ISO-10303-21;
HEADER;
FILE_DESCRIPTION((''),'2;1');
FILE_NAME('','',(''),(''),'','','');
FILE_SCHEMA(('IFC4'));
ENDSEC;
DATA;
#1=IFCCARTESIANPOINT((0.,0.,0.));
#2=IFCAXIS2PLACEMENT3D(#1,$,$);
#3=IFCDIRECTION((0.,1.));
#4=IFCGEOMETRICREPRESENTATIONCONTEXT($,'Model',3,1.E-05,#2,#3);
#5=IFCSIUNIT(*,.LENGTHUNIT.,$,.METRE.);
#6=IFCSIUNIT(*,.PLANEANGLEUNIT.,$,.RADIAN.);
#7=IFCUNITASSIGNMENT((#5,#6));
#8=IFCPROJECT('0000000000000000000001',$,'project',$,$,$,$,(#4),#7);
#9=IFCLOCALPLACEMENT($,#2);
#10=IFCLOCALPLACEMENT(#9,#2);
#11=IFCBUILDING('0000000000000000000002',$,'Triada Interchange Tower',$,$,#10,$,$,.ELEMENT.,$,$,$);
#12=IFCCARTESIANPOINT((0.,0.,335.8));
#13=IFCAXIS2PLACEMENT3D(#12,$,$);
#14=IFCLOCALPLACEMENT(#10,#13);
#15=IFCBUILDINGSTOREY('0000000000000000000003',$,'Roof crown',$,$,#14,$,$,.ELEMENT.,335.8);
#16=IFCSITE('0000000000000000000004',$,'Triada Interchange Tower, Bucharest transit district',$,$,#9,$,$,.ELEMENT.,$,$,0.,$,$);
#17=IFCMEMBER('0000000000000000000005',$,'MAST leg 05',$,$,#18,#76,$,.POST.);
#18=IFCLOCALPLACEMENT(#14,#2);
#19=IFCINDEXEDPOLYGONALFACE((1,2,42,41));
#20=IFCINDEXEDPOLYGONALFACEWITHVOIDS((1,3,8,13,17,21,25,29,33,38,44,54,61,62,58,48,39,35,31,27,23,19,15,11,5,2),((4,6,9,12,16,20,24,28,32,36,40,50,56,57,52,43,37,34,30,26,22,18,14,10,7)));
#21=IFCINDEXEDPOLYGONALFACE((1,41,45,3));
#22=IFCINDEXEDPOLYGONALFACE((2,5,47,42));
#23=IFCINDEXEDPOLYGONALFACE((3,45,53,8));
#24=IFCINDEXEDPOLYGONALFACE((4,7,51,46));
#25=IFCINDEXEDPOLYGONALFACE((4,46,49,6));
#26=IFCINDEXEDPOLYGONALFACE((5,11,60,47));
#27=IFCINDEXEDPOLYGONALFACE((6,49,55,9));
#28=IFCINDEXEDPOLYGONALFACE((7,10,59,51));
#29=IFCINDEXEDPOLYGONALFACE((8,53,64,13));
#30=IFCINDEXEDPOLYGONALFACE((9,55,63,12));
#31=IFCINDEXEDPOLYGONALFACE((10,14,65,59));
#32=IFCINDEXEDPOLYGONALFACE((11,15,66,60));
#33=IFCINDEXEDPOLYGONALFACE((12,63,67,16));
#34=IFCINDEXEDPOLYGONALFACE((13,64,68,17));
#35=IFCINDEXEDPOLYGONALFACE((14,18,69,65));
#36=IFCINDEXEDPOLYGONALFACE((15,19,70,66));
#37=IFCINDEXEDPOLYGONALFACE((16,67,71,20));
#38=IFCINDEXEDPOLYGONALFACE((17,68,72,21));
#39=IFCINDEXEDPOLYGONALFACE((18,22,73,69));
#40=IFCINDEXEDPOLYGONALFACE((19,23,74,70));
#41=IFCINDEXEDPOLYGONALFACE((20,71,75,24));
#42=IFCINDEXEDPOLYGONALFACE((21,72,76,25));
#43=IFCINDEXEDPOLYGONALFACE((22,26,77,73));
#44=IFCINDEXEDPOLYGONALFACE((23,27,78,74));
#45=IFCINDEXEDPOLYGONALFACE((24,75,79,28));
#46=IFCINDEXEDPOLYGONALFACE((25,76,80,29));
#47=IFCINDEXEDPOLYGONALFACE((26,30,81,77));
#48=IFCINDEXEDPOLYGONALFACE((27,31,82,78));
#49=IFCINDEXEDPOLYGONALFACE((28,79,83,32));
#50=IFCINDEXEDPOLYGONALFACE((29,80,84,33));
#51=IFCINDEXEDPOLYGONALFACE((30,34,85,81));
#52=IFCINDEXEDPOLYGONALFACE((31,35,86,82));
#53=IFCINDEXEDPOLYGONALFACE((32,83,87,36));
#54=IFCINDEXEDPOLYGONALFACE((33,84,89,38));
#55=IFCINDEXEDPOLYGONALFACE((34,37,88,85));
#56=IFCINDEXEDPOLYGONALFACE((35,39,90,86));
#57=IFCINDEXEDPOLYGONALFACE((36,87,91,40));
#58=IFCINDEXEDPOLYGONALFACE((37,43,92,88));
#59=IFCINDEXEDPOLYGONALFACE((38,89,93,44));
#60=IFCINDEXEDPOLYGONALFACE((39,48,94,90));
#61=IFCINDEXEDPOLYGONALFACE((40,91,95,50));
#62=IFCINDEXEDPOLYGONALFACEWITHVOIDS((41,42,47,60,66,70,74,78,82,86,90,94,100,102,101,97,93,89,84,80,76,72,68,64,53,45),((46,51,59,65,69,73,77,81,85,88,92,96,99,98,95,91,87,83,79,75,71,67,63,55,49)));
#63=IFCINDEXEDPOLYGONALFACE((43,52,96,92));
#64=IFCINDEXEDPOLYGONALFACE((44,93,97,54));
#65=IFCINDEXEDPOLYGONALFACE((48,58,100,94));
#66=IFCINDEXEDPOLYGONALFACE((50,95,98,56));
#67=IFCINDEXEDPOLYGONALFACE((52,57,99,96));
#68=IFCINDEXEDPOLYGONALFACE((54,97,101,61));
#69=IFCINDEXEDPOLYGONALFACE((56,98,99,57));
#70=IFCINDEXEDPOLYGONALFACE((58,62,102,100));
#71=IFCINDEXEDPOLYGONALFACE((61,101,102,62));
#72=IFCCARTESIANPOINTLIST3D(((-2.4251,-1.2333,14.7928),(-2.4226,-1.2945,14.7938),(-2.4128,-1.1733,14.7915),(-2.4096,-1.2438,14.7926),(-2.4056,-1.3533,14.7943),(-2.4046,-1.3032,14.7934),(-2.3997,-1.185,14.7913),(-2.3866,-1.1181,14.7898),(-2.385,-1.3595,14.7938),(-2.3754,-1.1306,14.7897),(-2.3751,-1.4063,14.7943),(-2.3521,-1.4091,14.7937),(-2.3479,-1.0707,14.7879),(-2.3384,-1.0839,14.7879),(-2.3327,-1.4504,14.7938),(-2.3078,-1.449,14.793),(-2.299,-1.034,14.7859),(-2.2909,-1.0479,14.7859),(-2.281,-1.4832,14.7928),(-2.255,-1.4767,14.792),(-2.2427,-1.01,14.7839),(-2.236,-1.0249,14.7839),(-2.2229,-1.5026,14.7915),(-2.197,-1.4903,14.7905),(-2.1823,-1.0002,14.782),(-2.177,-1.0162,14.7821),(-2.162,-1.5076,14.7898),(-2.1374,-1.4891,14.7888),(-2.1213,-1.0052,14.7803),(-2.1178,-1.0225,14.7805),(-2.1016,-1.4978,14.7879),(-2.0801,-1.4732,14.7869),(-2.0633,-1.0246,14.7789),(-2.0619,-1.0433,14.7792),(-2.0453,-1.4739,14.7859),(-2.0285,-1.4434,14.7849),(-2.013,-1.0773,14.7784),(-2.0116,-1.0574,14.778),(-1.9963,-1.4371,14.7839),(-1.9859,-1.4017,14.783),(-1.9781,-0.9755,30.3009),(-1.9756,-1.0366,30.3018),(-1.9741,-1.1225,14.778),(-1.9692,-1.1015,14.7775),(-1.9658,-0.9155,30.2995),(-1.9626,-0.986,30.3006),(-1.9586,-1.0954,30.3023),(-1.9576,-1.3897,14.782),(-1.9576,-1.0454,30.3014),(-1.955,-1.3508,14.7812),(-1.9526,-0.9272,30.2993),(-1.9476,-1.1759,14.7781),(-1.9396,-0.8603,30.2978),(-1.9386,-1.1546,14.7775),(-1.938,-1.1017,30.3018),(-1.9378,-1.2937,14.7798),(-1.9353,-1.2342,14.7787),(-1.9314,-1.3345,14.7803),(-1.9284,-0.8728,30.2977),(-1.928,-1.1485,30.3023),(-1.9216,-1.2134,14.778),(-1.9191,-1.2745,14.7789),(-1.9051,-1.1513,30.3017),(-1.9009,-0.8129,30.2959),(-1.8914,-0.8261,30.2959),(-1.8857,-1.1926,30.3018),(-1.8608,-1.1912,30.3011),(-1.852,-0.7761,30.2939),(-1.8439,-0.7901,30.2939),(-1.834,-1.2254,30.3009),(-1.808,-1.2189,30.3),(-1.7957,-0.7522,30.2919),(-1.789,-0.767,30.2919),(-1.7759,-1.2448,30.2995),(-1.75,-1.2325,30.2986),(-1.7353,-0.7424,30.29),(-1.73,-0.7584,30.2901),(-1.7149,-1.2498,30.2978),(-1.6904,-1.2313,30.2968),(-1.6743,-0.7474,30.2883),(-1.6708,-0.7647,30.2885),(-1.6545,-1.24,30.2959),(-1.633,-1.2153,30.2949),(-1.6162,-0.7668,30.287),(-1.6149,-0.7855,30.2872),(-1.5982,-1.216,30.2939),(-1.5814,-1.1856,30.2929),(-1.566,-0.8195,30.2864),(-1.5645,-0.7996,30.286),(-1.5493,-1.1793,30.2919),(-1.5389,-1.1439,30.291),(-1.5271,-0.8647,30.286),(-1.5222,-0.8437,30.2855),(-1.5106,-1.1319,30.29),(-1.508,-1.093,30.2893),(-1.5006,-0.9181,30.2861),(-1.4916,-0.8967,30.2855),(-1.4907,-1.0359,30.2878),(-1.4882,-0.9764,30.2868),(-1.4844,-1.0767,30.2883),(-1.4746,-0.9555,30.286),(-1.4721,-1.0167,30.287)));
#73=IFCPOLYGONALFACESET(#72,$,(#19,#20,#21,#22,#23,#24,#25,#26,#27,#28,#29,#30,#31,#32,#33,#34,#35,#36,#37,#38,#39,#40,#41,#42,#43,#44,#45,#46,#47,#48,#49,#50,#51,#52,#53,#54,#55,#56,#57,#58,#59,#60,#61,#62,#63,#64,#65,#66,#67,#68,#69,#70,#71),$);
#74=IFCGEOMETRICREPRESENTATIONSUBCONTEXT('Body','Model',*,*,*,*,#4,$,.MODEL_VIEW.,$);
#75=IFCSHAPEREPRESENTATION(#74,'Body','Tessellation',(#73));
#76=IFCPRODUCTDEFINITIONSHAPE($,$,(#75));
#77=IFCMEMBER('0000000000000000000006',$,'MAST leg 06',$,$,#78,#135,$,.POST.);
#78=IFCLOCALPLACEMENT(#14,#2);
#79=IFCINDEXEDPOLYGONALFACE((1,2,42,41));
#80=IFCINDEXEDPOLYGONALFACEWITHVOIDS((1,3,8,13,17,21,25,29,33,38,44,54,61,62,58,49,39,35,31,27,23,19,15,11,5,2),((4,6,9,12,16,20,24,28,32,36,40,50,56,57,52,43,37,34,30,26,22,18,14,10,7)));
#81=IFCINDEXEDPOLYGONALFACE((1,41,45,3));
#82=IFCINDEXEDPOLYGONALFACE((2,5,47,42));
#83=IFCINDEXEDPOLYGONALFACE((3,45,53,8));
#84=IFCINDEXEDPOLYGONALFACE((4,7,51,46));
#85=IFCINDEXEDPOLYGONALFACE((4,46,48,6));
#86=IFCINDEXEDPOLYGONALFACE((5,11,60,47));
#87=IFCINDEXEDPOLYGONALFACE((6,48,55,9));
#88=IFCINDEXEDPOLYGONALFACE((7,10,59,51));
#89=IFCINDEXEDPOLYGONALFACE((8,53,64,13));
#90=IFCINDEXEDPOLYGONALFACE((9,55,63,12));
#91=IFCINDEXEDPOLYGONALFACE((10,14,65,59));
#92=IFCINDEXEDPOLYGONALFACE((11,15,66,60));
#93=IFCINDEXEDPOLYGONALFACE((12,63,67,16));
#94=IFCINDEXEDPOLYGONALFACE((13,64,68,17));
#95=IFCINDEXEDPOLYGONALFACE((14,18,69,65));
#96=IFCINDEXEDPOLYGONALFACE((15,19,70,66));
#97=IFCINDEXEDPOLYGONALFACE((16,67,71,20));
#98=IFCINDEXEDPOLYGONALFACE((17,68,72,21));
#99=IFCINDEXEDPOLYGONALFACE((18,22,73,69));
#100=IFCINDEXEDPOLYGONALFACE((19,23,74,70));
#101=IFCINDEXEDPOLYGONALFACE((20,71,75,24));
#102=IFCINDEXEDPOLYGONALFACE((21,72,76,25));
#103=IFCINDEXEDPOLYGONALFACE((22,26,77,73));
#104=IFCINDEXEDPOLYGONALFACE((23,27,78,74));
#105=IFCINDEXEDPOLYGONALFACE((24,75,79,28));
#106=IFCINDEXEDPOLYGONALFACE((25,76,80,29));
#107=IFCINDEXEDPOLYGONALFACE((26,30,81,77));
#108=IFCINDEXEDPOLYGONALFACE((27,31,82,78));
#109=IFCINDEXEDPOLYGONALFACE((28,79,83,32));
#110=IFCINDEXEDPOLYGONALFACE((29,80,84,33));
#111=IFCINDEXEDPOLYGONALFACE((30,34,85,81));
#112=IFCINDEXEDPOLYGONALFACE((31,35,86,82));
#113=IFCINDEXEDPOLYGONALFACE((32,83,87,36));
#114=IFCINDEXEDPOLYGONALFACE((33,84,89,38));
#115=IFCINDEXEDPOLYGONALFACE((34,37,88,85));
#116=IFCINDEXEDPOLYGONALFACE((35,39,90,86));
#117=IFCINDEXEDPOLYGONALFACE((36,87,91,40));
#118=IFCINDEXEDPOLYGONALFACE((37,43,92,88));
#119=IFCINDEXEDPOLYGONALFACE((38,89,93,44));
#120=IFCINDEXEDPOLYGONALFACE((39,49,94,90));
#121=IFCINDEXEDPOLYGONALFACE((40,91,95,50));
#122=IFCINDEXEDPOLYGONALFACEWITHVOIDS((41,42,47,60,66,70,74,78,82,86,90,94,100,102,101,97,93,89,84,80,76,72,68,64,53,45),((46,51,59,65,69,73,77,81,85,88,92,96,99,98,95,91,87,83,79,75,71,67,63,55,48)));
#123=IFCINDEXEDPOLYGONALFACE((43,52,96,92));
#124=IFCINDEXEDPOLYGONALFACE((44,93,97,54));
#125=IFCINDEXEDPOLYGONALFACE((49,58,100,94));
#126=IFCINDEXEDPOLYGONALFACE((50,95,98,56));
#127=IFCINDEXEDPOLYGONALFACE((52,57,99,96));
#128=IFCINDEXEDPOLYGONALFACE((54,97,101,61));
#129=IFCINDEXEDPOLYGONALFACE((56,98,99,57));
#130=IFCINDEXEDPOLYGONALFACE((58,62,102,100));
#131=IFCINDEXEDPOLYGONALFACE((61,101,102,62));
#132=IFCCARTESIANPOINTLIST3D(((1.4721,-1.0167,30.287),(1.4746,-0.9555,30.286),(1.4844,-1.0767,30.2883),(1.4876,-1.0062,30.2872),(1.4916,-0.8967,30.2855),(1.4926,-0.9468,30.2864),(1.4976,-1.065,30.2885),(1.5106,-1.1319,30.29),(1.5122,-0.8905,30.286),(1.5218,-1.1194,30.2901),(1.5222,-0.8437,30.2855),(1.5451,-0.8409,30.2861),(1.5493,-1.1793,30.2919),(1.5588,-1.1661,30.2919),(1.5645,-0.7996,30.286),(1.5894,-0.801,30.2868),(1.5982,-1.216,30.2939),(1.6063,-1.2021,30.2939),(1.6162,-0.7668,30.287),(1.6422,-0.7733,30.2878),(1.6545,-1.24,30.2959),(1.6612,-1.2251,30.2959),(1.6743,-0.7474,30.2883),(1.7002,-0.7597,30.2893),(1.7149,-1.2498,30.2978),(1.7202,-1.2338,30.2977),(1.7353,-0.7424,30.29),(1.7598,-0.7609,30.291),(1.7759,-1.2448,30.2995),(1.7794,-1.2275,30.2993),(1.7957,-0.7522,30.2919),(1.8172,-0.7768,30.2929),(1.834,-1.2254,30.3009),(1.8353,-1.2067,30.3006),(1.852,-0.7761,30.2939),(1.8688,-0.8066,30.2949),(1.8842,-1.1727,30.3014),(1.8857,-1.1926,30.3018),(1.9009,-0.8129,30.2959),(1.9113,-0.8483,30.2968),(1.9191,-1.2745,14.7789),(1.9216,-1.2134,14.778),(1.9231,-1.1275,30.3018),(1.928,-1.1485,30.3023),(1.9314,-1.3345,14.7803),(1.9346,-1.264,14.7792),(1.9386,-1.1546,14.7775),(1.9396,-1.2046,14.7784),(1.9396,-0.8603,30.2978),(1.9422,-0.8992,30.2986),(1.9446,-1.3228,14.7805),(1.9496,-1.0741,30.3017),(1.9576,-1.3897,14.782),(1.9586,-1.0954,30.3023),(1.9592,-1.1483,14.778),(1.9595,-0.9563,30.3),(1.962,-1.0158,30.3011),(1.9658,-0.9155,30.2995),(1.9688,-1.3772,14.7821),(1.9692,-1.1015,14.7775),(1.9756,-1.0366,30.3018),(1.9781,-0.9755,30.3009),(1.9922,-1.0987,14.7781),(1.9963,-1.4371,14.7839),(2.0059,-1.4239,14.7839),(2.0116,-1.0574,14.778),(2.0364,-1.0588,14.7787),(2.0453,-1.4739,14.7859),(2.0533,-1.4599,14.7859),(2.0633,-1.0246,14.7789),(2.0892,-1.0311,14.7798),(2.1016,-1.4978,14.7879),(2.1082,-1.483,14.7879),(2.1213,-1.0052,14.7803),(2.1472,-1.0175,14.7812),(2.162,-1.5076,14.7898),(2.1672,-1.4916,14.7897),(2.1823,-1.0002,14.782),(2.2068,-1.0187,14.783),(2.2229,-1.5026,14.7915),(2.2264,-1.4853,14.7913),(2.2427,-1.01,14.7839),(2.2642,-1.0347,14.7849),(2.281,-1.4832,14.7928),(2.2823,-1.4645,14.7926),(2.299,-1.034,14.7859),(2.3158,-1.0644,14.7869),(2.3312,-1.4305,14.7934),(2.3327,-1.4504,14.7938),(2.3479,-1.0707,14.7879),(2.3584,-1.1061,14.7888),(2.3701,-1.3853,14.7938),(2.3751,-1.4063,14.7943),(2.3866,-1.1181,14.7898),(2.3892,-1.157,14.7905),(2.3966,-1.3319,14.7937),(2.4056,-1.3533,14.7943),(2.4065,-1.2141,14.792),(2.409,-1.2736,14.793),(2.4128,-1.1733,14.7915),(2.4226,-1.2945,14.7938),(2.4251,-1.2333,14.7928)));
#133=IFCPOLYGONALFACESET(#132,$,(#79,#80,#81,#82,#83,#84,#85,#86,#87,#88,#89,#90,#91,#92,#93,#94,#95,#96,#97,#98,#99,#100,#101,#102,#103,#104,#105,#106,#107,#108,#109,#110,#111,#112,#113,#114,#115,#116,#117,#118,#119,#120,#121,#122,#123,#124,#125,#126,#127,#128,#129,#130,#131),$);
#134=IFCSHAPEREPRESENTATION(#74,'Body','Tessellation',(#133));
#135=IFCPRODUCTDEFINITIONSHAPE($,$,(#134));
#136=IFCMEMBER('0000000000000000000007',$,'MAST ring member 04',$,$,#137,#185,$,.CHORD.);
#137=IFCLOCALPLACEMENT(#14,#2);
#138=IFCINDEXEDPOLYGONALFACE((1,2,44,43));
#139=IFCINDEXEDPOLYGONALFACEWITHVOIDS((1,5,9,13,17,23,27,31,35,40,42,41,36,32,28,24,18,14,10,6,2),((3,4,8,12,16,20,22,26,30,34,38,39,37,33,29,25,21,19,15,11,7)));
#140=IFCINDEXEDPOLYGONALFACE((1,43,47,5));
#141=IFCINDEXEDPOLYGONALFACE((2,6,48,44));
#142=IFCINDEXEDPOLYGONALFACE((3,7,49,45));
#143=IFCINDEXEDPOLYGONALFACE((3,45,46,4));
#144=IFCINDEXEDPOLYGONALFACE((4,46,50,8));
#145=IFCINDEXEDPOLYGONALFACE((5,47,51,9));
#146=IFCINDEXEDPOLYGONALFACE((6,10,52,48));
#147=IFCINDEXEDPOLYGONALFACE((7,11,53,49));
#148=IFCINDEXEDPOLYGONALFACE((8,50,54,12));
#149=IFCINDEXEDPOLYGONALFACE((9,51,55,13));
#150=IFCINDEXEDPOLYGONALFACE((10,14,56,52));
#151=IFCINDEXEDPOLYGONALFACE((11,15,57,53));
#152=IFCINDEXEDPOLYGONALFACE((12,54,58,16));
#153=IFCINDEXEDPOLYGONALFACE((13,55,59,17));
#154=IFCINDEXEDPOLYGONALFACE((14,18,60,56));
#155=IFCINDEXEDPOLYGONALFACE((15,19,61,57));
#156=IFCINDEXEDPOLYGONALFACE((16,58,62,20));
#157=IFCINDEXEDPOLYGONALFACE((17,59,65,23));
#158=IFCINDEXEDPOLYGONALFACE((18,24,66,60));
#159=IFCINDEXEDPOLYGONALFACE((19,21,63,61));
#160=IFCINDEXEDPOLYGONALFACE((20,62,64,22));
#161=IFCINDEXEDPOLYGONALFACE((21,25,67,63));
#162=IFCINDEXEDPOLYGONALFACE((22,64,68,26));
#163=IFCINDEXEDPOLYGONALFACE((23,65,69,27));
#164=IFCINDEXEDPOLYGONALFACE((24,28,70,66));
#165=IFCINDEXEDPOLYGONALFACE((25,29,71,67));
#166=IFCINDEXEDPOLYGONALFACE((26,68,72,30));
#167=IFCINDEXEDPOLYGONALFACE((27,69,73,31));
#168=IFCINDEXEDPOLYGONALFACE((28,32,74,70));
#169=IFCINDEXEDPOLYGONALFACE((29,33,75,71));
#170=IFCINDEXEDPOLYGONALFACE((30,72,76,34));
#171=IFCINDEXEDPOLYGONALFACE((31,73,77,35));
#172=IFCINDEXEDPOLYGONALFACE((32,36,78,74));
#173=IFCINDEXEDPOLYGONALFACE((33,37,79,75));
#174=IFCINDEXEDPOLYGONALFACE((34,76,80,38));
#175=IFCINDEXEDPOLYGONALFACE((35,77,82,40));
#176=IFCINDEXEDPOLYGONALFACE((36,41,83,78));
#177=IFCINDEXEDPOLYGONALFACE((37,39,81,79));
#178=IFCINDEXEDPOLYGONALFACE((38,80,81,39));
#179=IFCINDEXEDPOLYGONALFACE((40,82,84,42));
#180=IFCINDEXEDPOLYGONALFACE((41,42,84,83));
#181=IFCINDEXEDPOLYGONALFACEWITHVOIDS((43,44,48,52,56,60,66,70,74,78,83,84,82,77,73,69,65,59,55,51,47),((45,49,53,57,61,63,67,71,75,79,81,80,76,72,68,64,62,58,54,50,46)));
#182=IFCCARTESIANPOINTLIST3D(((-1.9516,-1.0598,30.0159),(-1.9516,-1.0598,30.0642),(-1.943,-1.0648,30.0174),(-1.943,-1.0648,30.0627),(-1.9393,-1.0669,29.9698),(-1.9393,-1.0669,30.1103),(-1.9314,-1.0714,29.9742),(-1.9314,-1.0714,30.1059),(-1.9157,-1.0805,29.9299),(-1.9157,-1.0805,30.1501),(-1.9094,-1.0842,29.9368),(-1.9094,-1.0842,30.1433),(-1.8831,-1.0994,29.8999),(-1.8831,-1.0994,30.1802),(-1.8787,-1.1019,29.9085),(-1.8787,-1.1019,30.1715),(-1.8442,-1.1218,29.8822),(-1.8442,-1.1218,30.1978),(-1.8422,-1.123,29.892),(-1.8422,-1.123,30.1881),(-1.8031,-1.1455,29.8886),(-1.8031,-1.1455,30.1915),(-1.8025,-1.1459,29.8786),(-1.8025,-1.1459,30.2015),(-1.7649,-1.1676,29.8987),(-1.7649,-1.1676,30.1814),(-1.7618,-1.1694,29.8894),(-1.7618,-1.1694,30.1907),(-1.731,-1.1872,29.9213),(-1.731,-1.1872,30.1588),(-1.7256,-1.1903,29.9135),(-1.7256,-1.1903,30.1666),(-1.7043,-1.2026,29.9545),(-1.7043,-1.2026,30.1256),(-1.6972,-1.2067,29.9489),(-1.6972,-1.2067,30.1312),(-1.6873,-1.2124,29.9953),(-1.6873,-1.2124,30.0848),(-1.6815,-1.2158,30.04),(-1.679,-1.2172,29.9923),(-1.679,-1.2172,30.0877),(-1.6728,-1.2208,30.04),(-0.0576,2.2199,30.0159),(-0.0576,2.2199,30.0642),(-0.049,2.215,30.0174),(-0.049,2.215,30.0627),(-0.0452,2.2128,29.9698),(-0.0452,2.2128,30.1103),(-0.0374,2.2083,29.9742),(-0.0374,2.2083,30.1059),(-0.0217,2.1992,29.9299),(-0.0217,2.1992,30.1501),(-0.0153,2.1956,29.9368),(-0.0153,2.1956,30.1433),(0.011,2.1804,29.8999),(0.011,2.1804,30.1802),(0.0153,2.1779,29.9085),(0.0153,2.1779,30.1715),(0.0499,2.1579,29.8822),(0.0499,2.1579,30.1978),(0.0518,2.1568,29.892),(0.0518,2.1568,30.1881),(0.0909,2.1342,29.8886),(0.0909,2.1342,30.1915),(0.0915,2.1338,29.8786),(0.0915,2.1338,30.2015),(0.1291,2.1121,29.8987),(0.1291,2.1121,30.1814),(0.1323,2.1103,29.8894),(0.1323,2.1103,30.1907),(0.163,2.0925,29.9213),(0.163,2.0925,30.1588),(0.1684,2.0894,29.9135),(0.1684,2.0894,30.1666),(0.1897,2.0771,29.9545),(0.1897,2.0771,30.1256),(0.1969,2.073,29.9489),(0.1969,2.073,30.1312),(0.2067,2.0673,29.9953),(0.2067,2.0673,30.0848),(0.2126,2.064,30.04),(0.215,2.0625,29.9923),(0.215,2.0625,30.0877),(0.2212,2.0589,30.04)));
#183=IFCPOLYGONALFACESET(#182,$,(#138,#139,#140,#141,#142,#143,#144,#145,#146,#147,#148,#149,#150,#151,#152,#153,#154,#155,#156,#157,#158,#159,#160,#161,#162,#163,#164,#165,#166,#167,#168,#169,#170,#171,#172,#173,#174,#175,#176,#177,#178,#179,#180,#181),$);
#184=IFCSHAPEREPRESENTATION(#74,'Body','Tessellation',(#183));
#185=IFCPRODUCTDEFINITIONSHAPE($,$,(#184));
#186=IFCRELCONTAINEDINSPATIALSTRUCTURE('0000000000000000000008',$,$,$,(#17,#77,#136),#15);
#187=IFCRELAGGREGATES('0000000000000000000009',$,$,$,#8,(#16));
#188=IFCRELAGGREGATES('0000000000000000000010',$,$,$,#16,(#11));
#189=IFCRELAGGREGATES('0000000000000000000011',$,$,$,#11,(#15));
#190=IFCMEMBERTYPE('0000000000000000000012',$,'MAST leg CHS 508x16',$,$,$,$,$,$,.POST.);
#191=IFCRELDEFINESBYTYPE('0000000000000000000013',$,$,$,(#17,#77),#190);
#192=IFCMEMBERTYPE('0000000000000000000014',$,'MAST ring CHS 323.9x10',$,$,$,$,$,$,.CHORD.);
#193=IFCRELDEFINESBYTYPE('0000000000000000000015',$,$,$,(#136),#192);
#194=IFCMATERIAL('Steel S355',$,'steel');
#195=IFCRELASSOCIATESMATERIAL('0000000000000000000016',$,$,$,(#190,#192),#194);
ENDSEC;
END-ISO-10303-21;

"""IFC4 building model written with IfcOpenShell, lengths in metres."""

from ifc_helpers import new_model, si_unit, direction, frame, origin, origin_2d, place, context, subcontext, project, spatial, hollow_circle, extrude, material, material_profile, profile_set, type_object, element, save


model = new_model("IFC4")

# Units and contexts
model_context = context("Model", 3, precision=1e-05, world=origin(), true_north=direction((0.0, 1.0)))
body_context = subcontext(model_context, "Body", "Model", "MODEL_VIEW")
ifc_project = project(units=[si_unit("LENGTHUNIT", "METRE"), si_unit("PLANEANGLEUNIT", "RADIAN")], contexts=[model_context])

# Site, building, storey
site_placement = place(None, origin())
site = spatial("IfcSite", under=ifc_project, at=site_placement, Name="Triada Interchange Tower, Bucharest transit district", CompositionType="ELEMENT", RefElevation=0.0)
building_placement = place(site_placement, origin())
building = spatial("IfcBuilding", under=site, at=building_placement, Name="Triada Interchange Tower", CompositionType="ELEMENT")
storey_placement = place(building_placement, frame((0.0, 0.0, 335.8)))
storey = spatial("IfcBuildingStorey", under=building, at=storey_placement, Name="Roof crown", CompositionType="ELEMENT", Elevation=335.8)

# Members
ifc_material = material(Name="Steel S355", Category="steel")
ifc_material_profile_1 = material_profile(ifc_material, hollow_circle(Radius=0.2539, WallThickness=0.0161, at=origin_2d()), Name="CHS 508x16")
ifc_profile_set_1 = profile_set([ifc_material_profile_1], Name="Steel S355")
member_type_1 = type_object("IfcMemberType", Name="MAST leg CHS 508x16", PredefinedType="POST", material=ifc_profile_set_1)
for number, where, z_axis, x_axis, name in (
    (1, (-2.1721, -1.2539, 14.7859), (0.028809, 0.016615, 0.999447), (-0.4996, 0.866256, 0.0), "MAST leg 05"),
    (2, (2.1721, -1.2539, 14.7859), (-0.028809, 0.016615, 0.999447), (-0.4996, -0.866256, 0.0), "MAST leg 06"),
):
    element("IfcMember", number, at=place(storey_placement, frame(where, z_axis=z_axis, x_axis=x_axis)), inside=storey, type_object=member_type_1, Name=name, PredefinedType="POST", context=body_context, shape_type="SweptSolid", body=[
        extrude(hollow_circle(Radius=0.2539, WallThickness=0.0161, at=origin_2d()), origin(), (0.0, 0.0, 1.0), 15.5166),
    ])
ifc_material_profile_2 = material_profile(ifc_material, hollow_circle(Radius=0.1619, WallThickness=0.01, at=origin_2d()), Name="CHS 323.9x10")
ifc_profile_set_2 = profile_set([ifc_material_profile_2], Name="Steel S355")
member_type_2 = type_object("IfcMemberType", Name="MAST ring CHS 323.9x10", PredefinedType="CHORD", material=ifc_profile_set_2)
member_1_placement = place(storey_placement, frame((0.0811, 2.1399, 30.04), z_axis=(-0.500091, -0.865973, 0.0), x_axis=(0.865973, -0.500091, 0.0)))
element("IfcMember", 3, at=member_1_placement, inside=storey, type_object=member_type_2, Name="MAST ring member 04", PredefinedType="CHORD", context=body_context, shape_type="SweptSolid", body=[
    extrude(hollow_circle(Radius=0.1619, WallThickness=0.01, at=origin_2d()), origin(), (0.0, 0.0, 1.0), 3.7874),
])

save(model, "model.ifc")
